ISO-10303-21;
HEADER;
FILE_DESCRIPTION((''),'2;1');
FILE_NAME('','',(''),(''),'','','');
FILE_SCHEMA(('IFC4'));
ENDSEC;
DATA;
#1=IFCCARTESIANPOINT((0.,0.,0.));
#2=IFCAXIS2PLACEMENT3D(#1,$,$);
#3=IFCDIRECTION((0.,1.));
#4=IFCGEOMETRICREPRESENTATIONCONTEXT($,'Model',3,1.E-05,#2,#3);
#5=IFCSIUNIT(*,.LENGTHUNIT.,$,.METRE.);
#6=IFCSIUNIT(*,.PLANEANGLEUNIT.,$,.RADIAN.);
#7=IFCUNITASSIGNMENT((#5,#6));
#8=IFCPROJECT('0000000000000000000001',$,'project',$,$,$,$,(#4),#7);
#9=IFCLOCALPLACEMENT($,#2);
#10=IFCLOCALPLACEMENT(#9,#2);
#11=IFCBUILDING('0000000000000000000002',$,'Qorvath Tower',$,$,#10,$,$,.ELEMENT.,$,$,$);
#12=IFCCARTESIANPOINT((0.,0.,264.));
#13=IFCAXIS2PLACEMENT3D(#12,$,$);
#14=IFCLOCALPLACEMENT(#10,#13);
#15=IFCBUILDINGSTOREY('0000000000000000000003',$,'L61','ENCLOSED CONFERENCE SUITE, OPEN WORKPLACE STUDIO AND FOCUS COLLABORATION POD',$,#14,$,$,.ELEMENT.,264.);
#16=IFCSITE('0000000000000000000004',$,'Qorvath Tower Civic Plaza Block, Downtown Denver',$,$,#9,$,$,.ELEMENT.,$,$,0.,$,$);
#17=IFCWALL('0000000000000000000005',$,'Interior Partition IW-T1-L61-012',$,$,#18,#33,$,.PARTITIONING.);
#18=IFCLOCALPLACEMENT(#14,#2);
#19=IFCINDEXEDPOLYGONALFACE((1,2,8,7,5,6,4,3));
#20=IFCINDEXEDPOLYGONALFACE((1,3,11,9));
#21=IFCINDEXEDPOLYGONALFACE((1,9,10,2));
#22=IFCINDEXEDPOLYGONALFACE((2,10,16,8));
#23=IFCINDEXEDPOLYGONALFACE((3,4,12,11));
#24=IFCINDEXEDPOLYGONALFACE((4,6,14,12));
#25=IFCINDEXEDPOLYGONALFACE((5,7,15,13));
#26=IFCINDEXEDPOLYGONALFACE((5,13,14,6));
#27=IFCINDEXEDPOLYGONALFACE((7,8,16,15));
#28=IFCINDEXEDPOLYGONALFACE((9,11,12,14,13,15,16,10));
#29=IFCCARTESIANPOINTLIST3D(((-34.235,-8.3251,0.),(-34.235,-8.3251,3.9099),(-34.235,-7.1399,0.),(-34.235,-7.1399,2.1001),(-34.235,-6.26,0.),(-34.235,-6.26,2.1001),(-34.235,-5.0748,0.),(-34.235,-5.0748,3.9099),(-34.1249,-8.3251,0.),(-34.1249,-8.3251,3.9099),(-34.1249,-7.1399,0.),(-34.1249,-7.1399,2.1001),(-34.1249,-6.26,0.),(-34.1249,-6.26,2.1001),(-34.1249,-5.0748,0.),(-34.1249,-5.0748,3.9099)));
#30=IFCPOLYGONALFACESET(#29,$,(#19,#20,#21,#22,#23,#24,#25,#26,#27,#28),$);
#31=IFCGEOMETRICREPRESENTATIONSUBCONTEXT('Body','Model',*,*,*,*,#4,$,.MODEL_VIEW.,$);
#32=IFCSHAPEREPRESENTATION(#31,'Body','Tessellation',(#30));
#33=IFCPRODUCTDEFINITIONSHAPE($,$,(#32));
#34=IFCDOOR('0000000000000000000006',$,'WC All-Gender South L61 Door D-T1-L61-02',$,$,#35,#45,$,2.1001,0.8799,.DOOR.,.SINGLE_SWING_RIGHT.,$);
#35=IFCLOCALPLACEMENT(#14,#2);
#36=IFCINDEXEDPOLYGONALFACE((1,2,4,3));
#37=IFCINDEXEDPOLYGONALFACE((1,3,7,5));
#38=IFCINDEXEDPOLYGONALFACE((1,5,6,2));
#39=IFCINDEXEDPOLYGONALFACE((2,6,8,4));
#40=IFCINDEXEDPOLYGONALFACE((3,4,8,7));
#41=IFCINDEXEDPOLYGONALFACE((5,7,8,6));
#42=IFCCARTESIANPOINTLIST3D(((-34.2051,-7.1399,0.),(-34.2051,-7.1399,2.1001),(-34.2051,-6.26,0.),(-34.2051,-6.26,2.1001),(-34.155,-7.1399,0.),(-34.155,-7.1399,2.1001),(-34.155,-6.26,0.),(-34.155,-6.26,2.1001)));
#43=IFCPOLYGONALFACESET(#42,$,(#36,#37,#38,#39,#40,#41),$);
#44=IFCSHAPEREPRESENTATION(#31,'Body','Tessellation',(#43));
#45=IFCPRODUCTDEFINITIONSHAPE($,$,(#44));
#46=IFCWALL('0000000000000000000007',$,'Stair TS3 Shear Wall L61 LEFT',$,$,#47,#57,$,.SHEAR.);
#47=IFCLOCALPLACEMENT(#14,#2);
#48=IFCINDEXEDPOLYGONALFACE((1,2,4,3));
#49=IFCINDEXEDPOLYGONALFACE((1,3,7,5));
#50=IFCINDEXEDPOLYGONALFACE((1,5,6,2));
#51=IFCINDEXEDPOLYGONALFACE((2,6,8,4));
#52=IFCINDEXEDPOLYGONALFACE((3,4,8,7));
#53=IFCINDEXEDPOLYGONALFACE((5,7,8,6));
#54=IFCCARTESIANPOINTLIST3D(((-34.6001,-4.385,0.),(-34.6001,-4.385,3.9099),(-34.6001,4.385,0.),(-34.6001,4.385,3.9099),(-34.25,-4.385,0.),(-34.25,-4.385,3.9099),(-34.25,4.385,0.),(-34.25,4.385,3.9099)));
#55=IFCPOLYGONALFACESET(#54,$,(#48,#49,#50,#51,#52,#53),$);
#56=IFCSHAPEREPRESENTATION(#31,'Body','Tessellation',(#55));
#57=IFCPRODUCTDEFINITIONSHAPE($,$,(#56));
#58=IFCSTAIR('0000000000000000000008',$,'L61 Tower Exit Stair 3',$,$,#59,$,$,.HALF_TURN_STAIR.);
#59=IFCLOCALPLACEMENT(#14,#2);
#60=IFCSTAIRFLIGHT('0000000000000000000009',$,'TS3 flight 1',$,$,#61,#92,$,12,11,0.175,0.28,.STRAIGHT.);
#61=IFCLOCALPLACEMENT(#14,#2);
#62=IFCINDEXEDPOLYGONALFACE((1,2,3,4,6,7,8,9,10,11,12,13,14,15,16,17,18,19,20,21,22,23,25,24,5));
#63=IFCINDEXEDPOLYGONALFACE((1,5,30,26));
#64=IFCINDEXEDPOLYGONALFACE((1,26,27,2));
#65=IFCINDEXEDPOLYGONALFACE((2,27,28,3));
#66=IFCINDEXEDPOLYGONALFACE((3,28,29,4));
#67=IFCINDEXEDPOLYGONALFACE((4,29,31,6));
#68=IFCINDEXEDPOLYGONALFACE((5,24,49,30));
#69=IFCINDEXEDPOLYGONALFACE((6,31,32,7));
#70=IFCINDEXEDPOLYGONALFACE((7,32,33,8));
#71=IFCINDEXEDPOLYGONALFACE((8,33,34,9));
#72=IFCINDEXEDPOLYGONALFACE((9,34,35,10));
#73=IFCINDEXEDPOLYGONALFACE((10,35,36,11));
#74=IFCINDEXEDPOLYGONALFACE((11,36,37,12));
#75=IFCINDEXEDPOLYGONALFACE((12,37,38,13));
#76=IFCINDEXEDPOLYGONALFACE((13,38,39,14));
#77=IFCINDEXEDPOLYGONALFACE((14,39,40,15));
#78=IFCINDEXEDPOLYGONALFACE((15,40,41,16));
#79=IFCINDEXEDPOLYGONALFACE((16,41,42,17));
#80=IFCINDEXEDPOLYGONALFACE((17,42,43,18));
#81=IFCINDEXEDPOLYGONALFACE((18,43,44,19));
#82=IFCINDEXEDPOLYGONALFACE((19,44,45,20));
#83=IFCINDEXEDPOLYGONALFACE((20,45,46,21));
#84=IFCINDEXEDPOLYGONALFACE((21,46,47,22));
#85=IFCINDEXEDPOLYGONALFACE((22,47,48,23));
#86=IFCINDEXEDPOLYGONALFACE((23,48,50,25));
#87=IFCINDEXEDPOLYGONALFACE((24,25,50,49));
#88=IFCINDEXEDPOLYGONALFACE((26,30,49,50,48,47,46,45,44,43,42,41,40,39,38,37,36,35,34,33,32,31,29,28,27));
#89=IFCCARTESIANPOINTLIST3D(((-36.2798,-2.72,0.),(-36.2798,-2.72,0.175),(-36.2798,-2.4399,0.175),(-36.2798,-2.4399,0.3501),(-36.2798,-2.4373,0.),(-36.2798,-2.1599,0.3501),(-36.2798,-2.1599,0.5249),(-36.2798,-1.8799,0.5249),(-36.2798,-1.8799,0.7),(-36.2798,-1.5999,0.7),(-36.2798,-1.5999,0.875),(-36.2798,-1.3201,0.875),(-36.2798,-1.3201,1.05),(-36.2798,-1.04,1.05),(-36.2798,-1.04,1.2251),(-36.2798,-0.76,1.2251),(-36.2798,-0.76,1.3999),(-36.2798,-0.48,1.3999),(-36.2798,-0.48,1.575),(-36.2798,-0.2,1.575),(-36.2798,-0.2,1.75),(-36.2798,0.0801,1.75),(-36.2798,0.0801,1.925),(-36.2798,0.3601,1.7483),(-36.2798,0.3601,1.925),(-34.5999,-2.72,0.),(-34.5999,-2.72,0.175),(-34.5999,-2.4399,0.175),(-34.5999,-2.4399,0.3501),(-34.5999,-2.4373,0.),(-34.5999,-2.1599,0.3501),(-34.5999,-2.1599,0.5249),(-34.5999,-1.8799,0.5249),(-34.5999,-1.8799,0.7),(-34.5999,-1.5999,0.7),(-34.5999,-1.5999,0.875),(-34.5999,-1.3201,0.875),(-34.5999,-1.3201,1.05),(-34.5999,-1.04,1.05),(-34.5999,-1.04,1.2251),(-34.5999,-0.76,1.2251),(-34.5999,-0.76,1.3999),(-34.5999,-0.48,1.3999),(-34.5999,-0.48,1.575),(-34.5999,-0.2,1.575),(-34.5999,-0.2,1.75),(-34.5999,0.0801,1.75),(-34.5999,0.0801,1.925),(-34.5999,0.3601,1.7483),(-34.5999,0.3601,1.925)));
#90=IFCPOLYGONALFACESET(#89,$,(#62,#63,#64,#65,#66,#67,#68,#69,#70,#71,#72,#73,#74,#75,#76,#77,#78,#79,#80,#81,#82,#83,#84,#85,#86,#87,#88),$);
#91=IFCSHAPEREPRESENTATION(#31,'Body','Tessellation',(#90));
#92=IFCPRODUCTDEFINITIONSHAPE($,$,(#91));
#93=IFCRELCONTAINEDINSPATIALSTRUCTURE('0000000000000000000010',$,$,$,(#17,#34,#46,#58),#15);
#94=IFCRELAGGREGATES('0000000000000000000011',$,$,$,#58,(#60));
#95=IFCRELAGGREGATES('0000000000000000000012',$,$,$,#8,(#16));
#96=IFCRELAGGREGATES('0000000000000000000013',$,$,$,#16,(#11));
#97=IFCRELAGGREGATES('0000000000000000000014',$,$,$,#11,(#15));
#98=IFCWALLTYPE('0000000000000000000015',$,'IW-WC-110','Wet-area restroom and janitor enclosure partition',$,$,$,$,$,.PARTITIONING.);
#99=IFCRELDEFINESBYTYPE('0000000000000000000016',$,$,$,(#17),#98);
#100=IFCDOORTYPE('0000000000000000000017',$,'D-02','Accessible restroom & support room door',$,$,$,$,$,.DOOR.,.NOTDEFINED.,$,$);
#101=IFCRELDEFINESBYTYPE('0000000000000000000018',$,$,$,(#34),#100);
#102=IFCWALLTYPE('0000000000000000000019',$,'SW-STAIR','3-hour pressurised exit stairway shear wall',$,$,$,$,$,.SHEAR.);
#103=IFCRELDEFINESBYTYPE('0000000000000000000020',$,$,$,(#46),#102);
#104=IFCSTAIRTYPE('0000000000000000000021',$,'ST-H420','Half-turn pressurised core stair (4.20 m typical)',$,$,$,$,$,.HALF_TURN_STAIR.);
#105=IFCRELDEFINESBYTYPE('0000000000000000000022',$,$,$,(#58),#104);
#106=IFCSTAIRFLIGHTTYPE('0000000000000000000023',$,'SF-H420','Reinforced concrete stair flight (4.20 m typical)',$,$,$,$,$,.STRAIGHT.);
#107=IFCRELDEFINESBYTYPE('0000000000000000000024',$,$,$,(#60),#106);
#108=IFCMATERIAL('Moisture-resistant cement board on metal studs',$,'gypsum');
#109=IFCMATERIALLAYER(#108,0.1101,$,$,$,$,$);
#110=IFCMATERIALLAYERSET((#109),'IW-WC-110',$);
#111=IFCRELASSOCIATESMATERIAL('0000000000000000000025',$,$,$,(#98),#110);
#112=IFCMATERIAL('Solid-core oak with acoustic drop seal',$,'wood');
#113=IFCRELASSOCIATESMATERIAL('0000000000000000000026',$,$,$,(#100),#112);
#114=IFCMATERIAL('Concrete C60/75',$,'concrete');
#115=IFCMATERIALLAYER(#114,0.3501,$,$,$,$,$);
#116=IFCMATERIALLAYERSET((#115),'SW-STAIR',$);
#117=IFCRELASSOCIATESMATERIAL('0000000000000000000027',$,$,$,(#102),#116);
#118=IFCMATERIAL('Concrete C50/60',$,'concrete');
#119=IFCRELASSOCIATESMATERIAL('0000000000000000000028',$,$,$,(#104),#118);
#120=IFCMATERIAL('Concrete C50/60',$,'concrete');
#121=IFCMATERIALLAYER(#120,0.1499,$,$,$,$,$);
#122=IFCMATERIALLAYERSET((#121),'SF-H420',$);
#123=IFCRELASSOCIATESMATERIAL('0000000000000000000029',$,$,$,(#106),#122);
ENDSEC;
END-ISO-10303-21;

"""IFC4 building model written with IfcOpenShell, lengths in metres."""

from ifc_helpers import new_model, si_unit, direction, frame, frame_2d, origin, place, context, subcontext, project, spatial, polyline, rectangle, outline, extrude, material, layer, layer_set, type_object, element, fill, aggregate, save


model = new_model("IFC4")

# Units and contexts
model_context = context("Model", 3, precision=1e-05, world=origin(), true_north=direction((0.0, 1.0)))
body_context = subcontext(model_context, "Body", "Model", "MODEL_VIEW")
ifc_project = project(units=[si_unit("LENGTHUNIT", "METRE"), si_unit("PLANEANGLEUNIT", "RADIAN")], contexts=[model_context])

# Site, building, storey
site_placement = place(None, origin())
site = spatial("IfcSite", under=ifc_project, at=site_placement, Name="Qorvath Tower Civic Plaza Block, Downtown Denver", CompositionType="ELEMENT", RefElevation=0.0)
building_placement = place(site_placement, origin())
building = spatial("IfcBuilding", under=site, at=building_placement, Name="Qorvath Tower", CompositionType="ELEMENT")
storey_placement = place(building_placement, frame((0.0, 0.0, 264.0)))
storey = spatial("IfcBuildingStorey", under=building, at=storey_placement, Name="L61", Description="ENCLOSED CONFERENCE SUITE, OPEN WORKPLACE STUDIO AND FOCUS COLLABORATION POD", CompositionType="ELEMENT", Elevation=264.0)

# Shared definitions
ifc_material_1 = material(Name="Moisture-resistant cement board on metal studs", Category="gypsum")
ifc_layer_1 = layer(ifc_material_1, 0.1101)
ifc_layer_set_1 = layer_set([ifc_layer_1], Name="IW-WC-110")
wall_type_1 = type_object("IfcWallType", Name="IW-WC-110", Description="Wet-area restroom and janitor enclosure partition", PredefinedType="PARTITIONING", material=ifc_layer_set_1)

# Wall, opening, door
wall_1_placement = place(storey_placement, frame((-34.1799, -5.075, 0.0), z_axis=(0.0, 0.0, 1.0), x_axis=(0.0, -1.0, 0.0)))
wall_1 = element("IfcWall", 1, at=wall_1_placement, inside=storey, type_object=wall_type_1, Name="Interior Partition IW-T1-L61-012", PredefinedType="PARTITIONING", context=body_context, shape_type="SweptSolid", body=[
    extrude(rectangle(XDim=3.2502, YDim=0.1101, at=frame_2d((1.625, 0.0))), origin(), (0.0, 0.0, 1.0), 3.9099),
])
opening_placement = place(wall_1_placement, frame((1.1851, 0.0, 0.0)))
opening = element("IfcOpeningElement", 2, at=opening_placement, cuts=wall_1, PredefinedType="OPENING", context=body_context, shape_type="SweptSolid", body=[
    extrude(rectangle(XDim=0.8799, YDim=2.1001, at=frame_2d((0.4399, 1.05))), frame((0.0, 0.0649, 0.0), z_axis=(0.0, -1.0, 0.0), x_axis=(1.0, 0.0, 0.0)), (0.0, 0.0, 1.0), 0.1301),
])
ifc_material_2 = material(Name="Solid-core oak with acoustic drop seal", Category="wood")
door_type = type_object("IfcDoorType", Name="D-02", Description="Accessible restroom & support room door", OperationType="NOTDEFINED", PredefinedType="DOOR", material=ifc_material_2)
door_placement = place(opening_placement, origin())
door = element("IfcDoor", 3, at=door_placement, inside=storey, type_object=door_type, Name="WC All-Gender South L61 Door D-T1-L61-02", OperationType="SINGLE_SWING_RIGHT", OverallHeight=2.1001, OverallWidth=0.8799, PredefinedType="DOOR", context=body_context, shape_type="SweptSolid", body=[
    extrude(rectangle(XDim=0.8799, YDim=2.1001, at=frame_2d((0.4399, 1.05))), frame((0.0, 0.0249, 0.0), z_axis=(0.0, -1.0, 0.0), x_axis=(1.0, 0.0, 0.0)), (0.0, 0.0, 1.0), 0.05),
])
fill(opening, door)

# Wall
ifc_material_3 = material(Name="Concrete C60/75", Category="concrete")
ifc_layer_2 = layer(ifc_material_3, 0.3501)
ifc_layer_set_2 = layer_set([ifc_layer_2], Name="SW-STAIR")
wall_type_2 = type_object("IfcWallType", Name="SW-STAIR", Description="3-hour pressurised exit stairway shear wall", PredefinedType="SHEAR", material=ifc_layer_set_2)
wall_2_placement = place(storey_placement, frame((-34.425, -4.385, 0.0), z_axis=(0.0, 0.0, 1.0), x_axis=(0.0, 1.0, 0.0)))
element("IfcWall", 4, at=wall_2_placement, inside=storey, type_object=wall_type_2, Name="Stair TS3 Shear Wall L61 LEFT", PredefinedType="SHEAR", context=body_context, shape_type="SweptSolid", body=[
    extrude(rectangle(XDim=8.77, YDim=0.3501, at=frame_2d((4.385, 0.0))), origin(), (0.0, 0.0, 1.0), 3.9099),
])

# Stair, stair flight
ifc_material_4 = material(Name="Concrete C50/60", Category="concrete")
stair_type = type_object("IfcStairType", Name="ST-H420", Description="Half-turn pressurised core stair (4.20 m typical)", PredefinedType="HALF_TURN_STAIR", material=ifc_material_4)
stair_placement = place(storey_placement, origin())
stair = element("IfcStair", 5, at=stair_placement, inside=storey, type_object=stair_type, Name="L61 Tower Exit Stair 3", PredefinedType="HALF_TURN_STAIR")
ifc_material_5 = material(Name="Concrete C50/60", Category="concrete")
ifc_layer_3 = layer(ifc_material_5, 0.1499)
ifc_layer_set_3 = layer_set([ifc_layer_3], Name="SF-H420")
stair_flight_type = type_object("IfcStairFlightType", Name="SF-H420", Description="Reinforced concrete stair flight (4.20 m typical)", PredefinedType="STRAIGHT", material=ifc_layer_set_3)
stair_flight_placement = place(storey_placement, frame((-35.4399, -2.72, 0.0), z_axis=(0.0, 0.0, 1.0), x_axis=(0.0, 1.0, 0.0)))
stair_flight = element("IfcStairFlight", 6, at=stair_flight_placement, type_object=stair_flight_type, Name="TS3 flight 1", NumberOfRisers=12, NumberOfTreads=11, PredefinedType="STRAIGHT", RiserHeight=0.175, TreadLength=0.28, context=body_context, shape_type="SweptSolid", body=[
    extrude(outline(polyline([(0.0, 0.0), (0.0, 0.175), (0.28, 0.175), (0.28, 0.3501), (0.5601, 0.3501), (0.5601, 0.5249), (0.8401, 0.5249), (0.8401, 0.7), (1.1201, 0.7), (1.1201, 0.875), (1.3999, 0.875), (1.3999, 1.05), (1.6799, 1.05), (1.6799, 1.2251), (1.96, 1.2251), (1.96, 1.3999), (2.24, 1.3999), (2.24, 1.575), (2.52, 1.575), (2.52, 1.75), (2.8, 1.75), (2.8, 1.925), (3.0801, 1.925), (3.0801, 2.1001), (3.0801, 1.7483), (0.2827, 0.0), (0.0, 0.0)])), frame((0.0, 0.8398, 0.0), z_axis=(0.0, -1.0, 0.0), x_axis=(1.0, 0.0, 0.0)), (0.0, 0.0, 1.0), 1.6799),
])
aggregate(stair, [stair_flight])

save(model, "model.ifc")
